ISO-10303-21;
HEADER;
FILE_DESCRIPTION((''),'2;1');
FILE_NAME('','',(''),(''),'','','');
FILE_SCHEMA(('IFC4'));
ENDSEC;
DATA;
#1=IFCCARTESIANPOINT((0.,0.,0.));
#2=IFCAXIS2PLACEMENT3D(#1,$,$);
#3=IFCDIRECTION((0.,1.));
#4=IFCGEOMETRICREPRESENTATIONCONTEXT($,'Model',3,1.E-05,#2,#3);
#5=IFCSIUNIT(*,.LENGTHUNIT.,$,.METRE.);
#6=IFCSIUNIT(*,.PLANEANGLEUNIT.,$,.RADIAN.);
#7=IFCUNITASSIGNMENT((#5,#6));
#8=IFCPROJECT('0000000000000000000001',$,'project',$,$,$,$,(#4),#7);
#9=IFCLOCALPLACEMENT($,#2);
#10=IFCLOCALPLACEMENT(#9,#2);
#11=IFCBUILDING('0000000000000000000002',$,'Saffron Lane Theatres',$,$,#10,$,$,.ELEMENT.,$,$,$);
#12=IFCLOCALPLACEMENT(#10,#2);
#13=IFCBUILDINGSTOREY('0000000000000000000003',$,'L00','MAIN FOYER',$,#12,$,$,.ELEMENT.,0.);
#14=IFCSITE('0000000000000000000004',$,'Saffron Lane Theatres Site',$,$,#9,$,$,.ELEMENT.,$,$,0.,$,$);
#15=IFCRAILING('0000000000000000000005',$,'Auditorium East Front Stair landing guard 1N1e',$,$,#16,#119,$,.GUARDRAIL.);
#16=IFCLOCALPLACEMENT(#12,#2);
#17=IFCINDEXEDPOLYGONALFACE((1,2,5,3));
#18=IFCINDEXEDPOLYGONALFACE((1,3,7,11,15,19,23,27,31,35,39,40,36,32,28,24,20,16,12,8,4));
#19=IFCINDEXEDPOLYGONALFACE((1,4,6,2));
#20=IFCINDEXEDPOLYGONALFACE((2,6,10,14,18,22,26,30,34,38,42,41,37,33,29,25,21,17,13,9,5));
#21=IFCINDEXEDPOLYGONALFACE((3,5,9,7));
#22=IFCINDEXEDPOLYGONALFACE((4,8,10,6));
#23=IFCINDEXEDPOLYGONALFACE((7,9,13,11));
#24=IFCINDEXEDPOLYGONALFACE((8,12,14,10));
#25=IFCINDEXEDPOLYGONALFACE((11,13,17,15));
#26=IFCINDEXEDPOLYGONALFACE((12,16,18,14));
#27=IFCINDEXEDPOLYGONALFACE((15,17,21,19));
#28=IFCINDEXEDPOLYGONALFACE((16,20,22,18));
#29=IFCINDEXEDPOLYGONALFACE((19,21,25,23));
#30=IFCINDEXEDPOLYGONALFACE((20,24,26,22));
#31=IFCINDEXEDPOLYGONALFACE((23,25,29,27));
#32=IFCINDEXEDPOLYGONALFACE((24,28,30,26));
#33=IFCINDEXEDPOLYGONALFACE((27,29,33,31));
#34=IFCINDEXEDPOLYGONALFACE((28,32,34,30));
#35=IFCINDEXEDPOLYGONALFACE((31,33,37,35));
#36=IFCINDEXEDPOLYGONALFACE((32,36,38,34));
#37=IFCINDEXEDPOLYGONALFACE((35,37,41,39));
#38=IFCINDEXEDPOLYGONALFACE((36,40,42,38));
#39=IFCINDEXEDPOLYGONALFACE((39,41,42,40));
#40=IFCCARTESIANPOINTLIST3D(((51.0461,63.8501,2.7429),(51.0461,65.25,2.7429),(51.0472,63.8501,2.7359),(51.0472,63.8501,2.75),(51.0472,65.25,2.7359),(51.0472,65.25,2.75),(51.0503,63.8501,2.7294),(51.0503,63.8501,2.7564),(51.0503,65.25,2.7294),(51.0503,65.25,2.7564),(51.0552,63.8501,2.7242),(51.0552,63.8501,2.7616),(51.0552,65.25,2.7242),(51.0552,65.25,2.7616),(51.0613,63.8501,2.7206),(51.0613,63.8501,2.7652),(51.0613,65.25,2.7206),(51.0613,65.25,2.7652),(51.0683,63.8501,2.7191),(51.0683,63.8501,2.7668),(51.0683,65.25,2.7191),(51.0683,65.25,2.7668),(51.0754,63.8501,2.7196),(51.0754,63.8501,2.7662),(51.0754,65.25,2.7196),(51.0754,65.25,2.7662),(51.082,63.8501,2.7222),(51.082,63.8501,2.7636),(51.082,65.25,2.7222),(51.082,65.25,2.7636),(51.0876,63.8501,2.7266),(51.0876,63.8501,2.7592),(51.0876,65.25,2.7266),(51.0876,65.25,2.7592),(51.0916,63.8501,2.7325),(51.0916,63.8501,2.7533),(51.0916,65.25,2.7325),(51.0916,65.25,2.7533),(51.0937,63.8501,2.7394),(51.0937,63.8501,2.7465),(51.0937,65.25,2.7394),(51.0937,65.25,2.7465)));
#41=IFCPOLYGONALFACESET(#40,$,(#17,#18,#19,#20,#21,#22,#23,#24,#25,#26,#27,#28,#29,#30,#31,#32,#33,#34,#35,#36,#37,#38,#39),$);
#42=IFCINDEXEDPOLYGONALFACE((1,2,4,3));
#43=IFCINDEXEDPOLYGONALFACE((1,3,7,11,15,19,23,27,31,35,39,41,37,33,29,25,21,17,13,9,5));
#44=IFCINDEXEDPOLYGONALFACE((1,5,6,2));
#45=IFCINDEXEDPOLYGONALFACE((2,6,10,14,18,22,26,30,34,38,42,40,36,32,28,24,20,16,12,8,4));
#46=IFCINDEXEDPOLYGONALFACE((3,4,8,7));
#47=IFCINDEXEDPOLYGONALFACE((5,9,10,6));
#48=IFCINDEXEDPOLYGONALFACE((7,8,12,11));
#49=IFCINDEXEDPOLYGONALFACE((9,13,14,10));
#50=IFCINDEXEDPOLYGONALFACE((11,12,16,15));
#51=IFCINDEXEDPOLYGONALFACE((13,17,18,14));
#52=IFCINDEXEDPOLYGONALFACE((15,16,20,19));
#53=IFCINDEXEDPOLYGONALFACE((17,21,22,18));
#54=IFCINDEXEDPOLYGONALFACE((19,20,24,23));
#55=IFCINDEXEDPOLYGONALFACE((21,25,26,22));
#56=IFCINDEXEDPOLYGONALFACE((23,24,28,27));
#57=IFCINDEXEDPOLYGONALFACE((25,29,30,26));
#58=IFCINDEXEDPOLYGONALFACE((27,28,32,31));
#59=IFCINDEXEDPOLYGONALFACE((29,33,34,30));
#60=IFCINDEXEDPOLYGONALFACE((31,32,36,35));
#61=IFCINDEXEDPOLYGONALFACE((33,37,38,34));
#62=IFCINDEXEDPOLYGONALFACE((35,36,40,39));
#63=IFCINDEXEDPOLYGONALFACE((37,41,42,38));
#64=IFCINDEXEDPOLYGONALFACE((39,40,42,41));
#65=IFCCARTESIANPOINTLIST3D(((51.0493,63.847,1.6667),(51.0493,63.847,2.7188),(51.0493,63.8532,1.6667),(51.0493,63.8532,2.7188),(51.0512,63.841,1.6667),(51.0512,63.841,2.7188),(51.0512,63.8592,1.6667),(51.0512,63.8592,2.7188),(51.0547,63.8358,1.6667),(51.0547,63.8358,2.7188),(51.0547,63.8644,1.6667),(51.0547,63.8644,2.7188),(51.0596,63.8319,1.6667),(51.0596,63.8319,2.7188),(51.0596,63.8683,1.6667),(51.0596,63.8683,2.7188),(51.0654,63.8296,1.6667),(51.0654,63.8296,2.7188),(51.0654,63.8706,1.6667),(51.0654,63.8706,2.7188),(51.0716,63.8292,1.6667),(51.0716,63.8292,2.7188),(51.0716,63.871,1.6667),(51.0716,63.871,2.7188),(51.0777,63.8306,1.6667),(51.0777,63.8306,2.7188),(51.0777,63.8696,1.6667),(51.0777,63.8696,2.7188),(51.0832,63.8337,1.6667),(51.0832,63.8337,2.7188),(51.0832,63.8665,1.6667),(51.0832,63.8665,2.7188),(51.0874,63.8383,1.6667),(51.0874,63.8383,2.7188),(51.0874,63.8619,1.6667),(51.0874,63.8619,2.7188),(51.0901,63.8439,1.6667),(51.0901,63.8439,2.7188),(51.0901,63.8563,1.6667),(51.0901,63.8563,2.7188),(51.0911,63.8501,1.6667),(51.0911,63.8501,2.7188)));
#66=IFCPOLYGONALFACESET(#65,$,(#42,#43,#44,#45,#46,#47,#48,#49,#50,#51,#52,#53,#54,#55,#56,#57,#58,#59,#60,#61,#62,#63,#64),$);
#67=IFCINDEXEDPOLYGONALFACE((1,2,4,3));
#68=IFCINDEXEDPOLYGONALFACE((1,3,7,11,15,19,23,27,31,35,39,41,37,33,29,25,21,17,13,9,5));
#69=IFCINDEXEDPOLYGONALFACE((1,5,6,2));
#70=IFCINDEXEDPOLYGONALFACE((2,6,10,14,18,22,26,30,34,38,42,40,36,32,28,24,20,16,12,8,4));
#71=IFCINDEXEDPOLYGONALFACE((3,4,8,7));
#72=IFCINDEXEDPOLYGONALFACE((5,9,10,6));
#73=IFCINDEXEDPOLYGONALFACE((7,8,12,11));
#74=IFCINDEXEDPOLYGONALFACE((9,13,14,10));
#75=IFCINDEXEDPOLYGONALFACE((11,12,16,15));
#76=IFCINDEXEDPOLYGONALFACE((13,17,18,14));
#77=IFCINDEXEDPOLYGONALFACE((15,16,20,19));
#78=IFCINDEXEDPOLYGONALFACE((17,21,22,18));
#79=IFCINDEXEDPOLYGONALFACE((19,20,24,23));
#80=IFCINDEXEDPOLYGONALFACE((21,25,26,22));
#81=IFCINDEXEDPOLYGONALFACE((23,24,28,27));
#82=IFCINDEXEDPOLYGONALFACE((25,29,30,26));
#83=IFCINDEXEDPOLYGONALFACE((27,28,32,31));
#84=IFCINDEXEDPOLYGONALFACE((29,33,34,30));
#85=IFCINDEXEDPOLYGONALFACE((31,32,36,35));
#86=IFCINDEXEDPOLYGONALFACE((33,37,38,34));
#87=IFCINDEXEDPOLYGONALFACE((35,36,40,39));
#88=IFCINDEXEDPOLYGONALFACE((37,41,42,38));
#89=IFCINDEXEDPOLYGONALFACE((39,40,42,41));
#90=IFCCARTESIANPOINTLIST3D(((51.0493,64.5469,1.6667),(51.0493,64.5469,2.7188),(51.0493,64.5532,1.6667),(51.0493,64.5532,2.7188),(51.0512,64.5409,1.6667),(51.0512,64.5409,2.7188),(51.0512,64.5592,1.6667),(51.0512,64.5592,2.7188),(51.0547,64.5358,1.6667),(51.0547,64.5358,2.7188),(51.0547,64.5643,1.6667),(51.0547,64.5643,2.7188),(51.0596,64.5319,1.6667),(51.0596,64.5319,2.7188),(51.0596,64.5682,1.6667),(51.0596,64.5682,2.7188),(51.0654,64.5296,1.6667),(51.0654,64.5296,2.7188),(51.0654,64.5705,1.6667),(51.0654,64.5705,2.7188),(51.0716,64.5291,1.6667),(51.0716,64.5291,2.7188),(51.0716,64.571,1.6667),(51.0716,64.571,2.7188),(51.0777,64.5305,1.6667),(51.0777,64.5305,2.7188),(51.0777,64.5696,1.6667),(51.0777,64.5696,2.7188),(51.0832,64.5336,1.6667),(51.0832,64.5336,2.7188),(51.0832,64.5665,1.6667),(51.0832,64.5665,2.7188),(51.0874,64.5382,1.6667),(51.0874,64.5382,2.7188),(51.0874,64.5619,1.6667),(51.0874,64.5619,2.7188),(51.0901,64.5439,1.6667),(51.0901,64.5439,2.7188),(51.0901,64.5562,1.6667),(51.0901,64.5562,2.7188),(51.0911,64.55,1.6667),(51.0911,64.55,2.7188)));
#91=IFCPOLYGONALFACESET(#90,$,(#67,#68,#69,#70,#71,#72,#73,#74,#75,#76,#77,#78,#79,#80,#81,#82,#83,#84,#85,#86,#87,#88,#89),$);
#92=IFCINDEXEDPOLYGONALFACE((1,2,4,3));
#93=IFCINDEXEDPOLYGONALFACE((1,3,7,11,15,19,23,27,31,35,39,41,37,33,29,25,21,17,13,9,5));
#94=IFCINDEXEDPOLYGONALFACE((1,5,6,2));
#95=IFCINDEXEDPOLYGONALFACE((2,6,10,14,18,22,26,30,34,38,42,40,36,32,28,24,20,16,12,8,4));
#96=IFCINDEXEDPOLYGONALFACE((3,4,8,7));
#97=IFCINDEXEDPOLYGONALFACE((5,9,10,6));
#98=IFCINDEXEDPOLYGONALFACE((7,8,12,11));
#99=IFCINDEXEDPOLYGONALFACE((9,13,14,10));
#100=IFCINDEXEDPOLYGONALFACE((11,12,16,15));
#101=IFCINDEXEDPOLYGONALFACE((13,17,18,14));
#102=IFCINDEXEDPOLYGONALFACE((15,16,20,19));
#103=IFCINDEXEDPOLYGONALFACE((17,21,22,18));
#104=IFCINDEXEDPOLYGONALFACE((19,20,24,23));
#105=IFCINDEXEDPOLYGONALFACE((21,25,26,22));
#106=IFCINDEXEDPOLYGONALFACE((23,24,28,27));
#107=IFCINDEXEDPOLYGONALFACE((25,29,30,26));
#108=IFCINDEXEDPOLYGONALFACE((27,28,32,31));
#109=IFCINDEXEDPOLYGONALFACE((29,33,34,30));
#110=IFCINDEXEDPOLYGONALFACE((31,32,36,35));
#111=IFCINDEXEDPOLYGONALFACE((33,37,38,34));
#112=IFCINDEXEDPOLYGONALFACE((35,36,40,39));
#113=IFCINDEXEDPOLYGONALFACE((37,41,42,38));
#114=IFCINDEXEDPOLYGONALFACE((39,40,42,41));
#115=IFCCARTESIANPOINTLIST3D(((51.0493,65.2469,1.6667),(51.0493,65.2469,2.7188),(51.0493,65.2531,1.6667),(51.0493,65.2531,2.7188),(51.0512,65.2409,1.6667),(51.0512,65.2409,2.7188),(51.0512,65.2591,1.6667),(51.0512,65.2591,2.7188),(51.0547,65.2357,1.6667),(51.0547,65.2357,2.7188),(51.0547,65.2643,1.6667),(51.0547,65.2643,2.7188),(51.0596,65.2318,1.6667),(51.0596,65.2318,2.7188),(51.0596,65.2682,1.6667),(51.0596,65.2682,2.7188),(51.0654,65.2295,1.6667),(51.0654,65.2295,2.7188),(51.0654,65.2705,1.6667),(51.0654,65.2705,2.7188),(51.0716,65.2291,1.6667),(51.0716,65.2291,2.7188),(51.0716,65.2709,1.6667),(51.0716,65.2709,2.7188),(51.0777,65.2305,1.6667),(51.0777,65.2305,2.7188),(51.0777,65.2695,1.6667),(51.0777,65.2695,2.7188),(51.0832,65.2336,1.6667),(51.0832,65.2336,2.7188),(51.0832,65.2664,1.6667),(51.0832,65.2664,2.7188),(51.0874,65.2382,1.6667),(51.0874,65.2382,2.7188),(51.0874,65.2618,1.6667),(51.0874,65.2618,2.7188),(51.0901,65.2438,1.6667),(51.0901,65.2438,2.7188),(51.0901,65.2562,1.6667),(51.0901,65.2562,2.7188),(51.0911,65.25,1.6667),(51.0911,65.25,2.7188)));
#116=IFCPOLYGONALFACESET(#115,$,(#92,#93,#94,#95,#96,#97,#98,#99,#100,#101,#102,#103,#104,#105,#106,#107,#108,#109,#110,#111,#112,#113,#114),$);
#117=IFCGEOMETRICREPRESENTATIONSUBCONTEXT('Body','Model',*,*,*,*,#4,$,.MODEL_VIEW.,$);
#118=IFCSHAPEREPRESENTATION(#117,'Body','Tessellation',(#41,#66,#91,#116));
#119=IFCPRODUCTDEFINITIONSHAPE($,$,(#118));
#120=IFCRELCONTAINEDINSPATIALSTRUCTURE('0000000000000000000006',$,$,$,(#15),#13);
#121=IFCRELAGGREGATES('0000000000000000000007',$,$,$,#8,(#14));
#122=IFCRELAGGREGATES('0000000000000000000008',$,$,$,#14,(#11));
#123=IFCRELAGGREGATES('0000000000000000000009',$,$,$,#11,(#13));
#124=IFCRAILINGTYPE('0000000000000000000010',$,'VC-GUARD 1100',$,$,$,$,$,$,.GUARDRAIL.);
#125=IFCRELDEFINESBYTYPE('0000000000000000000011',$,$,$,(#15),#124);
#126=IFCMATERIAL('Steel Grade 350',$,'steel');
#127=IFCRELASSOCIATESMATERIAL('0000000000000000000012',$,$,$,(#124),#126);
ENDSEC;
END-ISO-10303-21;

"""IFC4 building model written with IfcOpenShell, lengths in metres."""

from ifc_helpers import new_model, si_unit, direction, frame, origin, origin_2d, place, context, subcontext, project, spatial, circle, extrude, material, type_object, element, save


model = new_model("IFC4")

# Units and contexts
model_context = context("Model", 3, precision=1e-05, world=origin(), true_north=direction((0.0, 1.0)))
body_context = subcontext(model_context, "Body", "Model", "MODEL_VIEW")
ifc_project = project(units=[si_unit("LENGTHUNIT", "METRE"), si_unit("PLANEANGLEUNIT", "RADIAN")], contexts=[model_context])

# Site, building, storey
site_placement = place(None, origin())
site = spatial("IfcSite", under=ifc_project, at=site_placement, Name="Saffron Lane Theatres Site", CompositionType="ELEMENT", RefElevation=0.0)
building_placement = place(site_placement, origin())
building = spatial("IfcBuilding", under=site, at=building_placement, Name="Saffron Lane Theatres", CompositionType="ELEMENT")
storey_placement = place(building_placement, origin())
storey = spatial("IfcBuildingStorey", under=building, at=storey_placement, Name="L00", Description="MAIN FOYER", CompositionType="ELEMENT", Elevation=0.0)

# Railing
ifc_material_1 = material(Name="Steel Grade 350", Category="steel")
railing_type_1 = type_object("IfcRailingType", Name="VC-GUARD 1100", PredefinedType="GUARDRAIL", material=ifc_material_1)
railing_1_placement = place(storey_placement, frame((51.0701, 63.8501, 1.6667)))
element("IfcRailing", 1, at=railing_1_placement, inside=storey, type_object=railing_type_1, Name="Auditorium East Front Stair landing guard 1N1e", PredefinedType="GUARDRAIL", context=body_context, shape_type="SweptSolid", body=[
    extrude(circle(Radius=0.0239, at=origin_2d()), frame((0.0, 0.0, 1.0762), z_axis=(0.0, 1.0, 0.0), x_axis=(-1.0, 0.0, 0.0)), (0.0, 0.0, 1.0), 1.3999),
    extrude(circle(Radius=0.021, at=origin_2d()), origin(), (0.0, 0.0, 1.0), 1.052),
    extrude(circle(Radius=0.021, at=origin_2d()), frame((0.0, 0.7, 0.0)), (0.0, 0.0, 1.0), 1.052),
    extrude(circle(Radius=0.021, at=origin_2d()), frame((0.0, 1.3999, 0.0)), (0.0, 0.0, 1.0), 1.052),
])

save(model, "model.ifc")
